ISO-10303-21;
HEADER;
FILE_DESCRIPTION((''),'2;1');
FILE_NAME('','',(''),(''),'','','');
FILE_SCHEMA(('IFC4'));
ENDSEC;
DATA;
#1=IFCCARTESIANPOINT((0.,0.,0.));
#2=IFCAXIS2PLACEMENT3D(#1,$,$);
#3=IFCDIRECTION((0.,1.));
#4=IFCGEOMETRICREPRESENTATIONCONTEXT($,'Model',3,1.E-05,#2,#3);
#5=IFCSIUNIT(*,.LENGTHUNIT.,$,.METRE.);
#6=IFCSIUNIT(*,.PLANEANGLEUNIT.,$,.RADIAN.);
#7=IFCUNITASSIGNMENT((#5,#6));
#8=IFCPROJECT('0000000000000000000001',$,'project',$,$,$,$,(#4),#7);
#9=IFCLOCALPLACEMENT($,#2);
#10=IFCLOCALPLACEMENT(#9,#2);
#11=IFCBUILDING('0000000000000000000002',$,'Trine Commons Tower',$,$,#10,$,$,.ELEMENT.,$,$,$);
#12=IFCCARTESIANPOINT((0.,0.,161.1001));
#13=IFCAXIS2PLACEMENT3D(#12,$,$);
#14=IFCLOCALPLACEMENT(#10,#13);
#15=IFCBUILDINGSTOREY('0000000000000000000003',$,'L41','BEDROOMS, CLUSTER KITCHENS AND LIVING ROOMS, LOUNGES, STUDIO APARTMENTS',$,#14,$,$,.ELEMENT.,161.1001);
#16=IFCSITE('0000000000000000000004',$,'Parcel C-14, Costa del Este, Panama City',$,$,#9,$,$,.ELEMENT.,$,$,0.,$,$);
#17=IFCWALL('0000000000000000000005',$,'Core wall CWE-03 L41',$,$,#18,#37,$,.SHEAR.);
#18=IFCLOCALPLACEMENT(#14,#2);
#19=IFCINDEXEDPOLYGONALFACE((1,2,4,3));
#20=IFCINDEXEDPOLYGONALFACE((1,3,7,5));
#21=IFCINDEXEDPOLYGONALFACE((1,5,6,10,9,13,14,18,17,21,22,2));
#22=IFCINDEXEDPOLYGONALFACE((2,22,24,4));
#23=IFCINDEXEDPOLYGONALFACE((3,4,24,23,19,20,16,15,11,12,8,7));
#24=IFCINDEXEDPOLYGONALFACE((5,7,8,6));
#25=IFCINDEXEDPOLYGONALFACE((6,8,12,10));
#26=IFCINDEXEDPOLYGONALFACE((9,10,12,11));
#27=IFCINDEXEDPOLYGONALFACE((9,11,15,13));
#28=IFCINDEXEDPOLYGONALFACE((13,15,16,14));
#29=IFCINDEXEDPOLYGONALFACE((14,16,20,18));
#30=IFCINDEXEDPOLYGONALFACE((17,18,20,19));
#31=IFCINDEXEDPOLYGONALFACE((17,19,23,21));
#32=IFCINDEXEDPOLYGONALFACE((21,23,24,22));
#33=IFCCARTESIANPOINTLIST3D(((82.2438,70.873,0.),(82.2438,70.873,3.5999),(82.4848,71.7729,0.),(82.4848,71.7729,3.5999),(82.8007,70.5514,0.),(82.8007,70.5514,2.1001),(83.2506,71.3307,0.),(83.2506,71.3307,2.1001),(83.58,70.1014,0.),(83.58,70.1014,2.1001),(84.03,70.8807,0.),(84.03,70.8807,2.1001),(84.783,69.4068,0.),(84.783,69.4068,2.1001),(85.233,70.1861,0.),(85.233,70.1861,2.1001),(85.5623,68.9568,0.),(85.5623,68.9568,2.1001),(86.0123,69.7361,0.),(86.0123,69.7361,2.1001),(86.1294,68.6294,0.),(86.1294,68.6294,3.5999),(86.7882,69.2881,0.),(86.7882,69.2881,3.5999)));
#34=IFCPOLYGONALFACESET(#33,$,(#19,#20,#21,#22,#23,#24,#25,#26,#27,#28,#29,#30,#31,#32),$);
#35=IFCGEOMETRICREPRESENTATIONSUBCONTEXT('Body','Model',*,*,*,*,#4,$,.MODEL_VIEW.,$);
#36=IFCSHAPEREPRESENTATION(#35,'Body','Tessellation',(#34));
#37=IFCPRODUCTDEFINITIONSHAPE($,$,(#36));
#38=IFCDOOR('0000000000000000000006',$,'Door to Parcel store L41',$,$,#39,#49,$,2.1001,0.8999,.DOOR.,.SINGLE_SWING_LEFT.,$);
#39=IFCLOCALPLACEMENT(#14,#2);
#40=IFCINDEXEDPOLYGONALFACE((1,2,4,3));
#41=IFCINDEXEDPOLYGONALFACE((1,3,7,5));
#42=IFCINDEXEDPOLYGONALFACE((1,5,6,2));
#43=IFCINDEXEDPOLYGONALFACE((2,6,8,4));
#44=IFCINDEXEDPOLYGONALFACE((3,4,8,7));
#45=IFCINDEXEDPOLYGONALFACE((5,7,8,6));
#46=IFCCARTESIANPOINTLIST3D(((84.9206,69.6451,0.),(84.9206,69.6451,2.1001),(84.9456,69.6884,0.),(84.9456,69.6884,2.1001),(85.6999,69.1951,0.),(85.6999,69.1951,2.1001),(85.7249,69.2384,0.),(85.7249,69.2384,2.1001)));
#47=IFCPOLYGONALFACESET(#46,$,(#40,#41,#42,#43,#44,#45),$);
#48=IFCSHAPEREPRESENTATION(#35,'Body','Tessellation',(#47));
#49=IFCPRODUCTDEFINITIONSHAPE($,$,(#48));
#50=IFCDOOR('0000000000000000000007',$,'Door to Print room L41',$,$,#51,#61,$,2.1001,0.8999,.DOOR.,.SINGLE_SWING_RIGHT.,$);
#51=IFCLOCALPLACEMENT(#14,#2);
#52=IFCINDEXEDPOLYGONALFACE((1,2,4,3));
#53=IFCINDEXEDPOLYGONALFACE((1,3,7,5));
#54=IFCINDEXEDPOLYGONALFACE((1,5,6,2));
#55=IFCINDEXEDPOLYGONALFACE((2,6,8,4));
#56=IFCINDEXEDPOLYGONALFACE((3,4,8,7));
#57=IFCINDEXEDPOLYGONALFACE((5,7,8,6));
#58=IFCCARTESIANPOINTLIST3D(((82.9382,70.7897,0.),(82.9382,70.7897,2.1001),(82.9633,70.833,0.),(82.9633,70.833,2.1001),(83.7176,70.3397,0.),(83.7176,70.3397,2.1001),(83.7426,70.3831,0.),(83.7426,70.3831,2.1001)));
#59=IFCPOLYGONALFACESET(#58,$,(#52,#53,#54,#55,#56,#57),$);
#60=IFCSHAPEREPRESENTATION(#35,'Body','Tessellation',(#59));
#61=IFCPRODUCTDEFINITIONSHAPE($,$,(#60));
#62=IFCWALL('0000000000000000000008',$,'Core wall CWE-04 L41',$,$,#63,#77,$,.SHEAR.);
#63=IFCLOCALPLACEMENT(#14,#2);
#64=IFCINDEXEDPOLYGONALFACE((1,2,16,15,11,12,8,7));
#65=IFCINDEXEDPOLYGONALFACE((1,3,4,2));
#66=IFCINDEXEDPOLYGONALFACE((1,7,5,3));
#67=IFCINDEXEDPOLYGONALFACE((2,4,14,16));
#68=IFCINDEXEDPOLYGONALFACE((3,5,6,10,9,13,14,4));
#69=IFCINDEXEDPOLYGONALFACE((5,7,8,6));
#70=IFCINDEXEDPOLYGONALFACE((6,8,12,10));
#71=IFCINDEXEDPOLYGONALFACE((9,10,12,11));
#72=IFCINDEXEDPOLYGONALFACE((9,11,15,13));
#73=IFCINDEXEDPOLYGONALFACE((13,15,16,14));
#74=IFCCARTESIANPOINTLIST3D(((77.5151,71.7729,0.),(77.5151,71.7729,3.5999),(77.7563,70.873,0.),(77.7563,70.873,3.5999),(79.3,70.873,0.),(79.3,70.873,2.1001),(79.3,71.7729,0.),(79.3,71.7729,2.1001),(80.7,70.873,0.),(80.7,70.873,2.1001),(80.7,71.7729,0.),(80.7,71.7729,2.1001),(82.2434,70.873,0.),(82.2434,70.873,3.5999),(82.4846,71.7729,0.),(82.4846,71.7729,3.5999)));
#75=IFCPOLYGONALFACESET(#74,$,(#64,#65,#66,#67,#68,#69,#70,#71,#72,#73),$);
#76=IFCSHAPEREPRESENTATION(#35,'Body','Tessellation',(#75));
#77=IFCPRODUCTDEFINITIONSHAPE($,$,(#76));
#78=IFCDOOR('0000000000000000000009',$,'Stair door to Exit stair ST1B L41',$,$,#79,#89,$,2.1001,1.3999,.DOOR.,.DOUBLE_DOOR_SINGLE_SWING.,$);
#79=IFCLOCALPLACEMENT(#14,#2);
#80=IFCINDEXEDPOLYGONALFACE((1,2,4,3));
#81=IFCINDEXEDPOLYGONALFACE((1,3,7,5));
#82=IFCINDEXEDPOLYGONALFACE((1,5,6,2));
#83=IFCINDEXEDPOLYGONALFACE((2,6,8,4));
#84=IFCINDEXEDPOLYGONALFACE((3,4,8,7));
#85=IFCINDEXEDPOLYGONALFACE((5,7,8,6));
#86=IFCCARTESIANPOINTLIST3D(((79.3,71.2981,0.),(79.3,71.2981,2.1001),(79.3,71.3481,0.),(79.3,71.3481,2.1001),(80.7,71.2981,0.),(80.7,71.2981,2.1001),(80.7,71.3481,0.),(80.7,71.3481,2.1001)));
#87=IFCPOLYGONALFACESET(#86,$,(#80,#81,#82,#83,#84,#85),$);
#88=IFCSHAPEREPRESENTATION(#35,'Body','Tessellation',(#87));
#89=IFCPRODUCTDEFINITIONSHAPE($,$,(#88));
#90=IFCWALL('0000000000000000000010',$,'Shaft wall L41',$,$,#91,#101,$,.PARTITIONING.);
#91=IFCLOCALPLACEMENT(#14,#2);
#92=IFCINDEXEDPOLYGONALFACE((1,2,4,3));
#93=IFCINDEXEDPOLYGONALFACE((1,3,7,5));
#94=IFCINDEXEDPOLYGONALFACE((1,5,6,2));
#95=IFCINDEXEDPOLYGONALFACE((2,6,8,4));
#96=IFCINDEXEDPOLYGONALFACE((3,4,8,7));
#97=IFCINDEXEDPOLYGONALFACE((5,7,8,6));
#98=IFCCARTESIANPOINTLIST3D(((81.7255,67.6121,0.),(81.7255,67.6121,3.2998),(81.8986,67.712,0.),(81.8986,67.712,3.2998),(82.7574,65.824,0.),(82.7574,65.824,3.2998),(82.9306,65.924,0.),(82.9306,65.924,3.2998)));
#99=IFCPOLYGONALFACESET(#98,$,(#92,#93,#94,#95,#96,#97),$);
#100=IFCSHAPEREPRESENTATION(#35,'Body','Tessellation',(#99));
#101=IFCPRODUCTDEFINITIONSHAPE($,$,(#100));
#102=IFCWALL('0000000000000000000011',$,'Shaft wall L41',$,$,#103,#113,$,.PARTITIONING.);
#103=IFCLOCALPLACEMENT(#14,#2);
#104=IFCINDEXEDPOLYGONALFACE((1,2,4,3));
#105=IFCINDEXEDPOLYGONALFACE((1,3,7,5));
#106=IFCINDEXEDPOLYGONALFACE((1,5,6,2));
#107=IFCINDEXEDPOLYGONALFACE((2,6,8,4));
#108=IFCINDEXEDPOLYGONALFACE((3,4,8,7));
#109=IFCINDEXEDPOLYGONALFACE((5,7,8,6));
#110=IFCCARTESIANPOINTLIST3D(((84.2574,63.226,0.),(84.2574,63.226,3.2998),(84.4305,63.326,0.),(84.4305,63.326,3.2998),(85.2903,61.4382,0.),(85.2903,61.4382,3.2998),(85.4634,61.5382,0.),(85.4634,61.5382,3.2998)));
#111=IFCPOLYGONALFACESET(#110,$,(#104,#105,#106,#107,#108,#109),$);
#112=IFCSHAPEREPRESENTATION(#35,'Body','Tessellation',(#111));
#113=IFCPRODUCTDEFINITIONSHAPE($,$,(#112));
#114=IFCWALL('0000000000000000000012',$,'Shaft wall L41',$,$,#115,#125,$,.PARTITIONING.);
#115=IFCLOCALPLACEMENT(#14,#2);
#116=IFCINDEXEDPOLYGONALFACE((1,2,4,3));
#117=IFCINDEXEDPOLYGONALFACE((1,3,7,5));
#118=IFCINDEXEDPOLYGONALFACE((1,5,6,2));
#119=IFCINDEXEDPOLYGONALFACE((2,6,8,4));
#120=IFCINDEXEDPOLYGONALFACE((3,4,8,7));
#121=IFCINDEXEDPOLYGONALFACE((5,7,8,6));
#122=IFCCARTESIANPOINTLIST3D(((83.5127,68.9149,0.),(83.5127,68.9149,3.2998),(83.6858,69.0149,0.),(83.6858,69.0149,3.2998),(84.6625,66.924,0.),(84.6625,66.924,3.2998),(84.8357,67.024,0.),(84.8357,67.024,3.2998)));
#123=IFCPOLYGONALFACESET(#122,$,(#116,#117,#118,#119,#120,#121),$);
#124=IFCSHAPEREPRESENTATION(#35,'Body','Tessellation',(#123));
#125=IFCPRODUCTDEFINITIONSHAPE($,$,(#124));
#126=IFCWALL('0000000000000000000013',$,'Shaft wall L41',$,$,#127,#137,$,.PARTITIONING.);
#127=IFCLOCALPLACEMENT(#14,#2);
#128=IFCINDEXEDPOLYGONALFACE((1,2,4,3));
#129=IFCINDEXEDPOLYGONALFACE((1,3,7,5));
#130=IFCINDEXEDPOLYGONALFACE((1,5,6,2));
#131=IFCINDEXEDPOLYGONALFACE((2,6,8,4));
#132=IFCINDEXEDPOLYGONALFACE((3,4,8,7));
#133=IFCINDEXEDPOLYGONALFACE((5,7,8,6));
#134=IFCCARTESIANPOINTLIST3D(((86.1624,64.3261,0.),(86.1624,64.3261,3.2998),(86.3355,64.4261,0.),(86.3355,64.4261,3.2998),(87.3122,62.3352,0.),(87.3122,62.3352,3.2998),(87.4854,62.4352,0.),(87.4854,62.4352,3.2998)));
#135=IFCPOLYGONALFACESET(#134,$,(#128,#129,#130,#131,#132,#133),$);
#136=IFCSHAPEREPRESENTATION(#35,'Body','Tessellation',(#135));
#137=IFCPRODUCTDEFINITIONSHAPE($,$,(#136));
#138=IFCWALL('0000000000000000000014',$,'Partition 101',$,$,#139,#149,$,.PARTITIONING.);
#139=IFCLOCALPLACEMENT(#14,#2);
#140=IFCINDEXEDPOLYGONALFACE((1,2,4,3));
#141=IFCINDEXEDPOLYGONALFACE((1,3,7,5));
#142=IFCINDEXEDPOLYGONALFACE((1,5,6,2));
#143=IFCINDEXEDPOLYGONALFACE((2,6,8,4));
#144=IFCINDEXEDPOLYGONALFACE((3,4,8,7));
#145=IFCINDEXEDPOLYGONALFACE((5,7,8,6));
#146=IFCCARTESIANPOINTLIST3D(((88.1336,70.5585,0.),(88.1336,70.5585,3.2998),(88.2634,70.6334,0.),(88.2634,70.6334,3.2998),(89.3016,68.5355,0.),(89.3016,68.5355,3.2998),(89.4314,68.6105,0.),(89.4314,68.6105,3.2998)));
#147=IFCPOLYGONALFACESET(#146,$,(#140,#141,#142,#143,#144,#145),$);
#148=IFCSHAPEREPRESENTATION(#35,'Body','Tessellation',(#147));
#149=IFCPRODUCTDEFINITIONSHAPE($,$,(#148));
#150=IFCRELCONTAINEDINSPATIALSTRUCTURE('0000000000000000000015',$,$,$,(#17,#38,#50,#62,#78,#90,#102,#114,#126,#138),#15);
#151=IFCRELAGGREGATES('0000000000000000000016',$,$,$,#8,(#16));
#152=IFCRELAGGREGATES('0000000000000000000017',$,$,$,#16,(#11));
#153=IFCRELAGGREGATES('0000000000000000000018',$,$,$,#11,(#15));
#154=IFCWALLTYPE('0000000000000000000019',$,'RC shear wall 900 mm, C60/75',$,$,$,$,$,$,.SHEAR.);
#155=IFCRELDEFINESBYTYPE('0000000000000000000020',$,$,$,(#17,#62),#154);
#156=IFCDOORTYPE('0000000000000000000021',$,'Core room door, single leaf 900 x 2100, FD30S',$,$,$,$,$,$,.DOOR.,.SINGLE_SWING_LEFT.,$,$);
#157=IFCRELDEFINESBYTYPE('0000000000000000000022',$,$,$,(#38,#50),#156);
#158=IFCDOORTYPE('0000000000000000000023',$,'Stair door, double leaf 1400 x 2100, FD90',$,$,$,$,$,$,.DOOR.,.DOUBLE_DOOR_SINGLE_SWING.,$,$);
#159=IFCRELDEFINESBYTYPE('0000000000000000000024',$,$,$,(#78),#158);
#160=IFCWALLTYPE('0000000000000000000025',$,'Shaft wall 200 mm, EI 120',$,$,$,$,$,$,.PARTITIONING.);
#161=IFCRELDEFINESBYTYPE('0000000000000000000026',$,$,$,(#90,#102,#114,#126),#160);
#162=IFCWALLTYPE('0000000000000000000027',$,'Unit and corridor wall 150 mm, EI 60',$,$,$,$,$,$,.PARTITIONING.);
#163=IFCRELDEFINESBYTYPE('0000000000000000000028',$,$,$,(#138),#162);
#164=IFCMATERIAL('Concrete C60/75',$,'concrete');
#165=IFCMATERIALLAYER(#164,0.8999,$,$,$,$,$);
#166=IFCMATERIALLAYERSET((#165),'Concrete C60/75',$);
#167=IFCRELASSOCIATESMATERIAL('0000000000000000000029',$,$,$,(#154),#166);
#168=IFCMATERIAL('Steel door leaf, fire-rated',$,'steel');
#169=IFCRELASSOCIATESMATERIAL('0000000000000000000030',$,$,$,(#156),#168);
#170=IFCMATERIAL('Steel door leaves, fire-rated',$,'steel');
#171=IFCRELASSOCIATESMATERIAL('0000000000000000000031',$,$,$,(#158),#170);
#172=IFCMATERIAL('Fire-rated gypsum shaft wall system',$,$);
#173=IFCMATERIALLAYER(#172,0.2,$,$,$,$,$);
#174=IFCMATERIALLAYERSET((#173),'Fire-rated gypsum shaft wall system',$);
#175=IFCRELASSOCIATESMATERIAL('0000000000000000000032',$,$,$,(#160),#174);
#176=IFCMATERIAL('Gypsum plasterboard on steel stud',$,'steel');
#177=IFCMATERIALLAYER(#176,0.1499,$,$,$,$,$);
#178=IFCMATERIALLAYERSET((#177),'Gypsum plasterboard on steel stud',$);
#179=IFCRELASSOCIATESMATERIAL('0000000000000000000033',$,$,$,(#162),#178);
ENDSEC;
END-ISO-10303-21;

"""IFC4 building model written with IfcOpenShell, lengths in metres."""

from ifc_helpers import new_model, si_unit, direction, frame, frame_2d, origin, place, context, subcontext, project, spatial, polyline, rectangle, outline, extrude, material, layer, layer_set, type_object, element, fill, save


model = new_model("IFC4")

# Units and contexts
model_context = context("Model", 3, precision=1e-05, world=origin(), true_north=direction((0.0, 1.0)))
body_context = subcontext(model_context, "Body", "Model", "MODEL_VIEW")
ifc_project = project(units=[si_unit("LENGTHUNIT", "METRE"), si_unit("PLANEANGLEUNIT", "RADIAN")], contexts=[model_context])

# Site, building, storey
site_placement = place(None, origin())
site = spatial("IfcSite", under=ifc_project, at=site_placement, Name="Parcel C-14, Costa del Este, Panama City", CompositionType="ELEMENT", RefElevation=0.0)
building_placement = place(site_placement, origin())
building = spatial("IfcBuilding", under=site, at=building_placement, Name="Trine Commons Tower", CompositionType="ELEMENT")
storey_placement = place(building_placement, frame((0.0, 0.0, 161.1001)))
storey = spatial("IfcBuildingStorey", under=building, at=storey_placement, Name="L41", Description="BEDROOMS, CLUSTER KITCHENS AND LIVING ROOMS, LOUNGES, STUDIO APARTMENTS", CompositionType="ELEMENT", Elevation=161.1001)

# Shared definitions
ifc_material_1 = material(Name="Fire-rated gypsum shaft wall system")
ifc_material_2 = material(Name="Steel door leaf, fire-rated", Category="steel")
ifc_material_3 = material(Name="Concrete C60/75", Category="concrete")

# Wall, openings, doors
ifc_layer_1 = layer(ifc_material_3, 0.8999)
ifc_layer_set_1 = layer_set([ifc_layer_1], Name="Concrete C60/75")
wall_type_1 = type_object("IfcWallType", Name="RC shear wall 900 mm, C60/75", PredefinedType="SHEAR", material=ifc_layer_set_1)
wall_1_placement = place(storey_placement, frame((86.5632, 68.8984, 0.0), z_axis=(0.0, 0.0, 1.0), x_axis=(-0.866003, 0.500039, 0.0)))
wall_1 = element("IfcWall", 1, at=wall_1_placement, inside=storey, type_object=wall_type_1, Name="Core wall CWE-03 L41", PredefinedType="SHEAR", context=body_context, shape_type="SweptSolid", body=[
    extrude(outline(polyline([(0.0, -0.45), (4.9692, -0.45), (4.728, 0.45), (0.2412, 0.45), (0.0, -0.45)])), origin(), (0.0, 0.0, 1.0), 3.5999),
])
opening_1_placement = place(wall_1_placement, frame((0.896, 0.0, 0.0)))
opening_1 = element("IfcOpeningElement", 2, at=opening_1_placement, cuts=wall_1, PredefinedType="OPENING", context=body_context, shape_type="SweptSolid", body=[
    extrude(rectangle(XDim=0.8999, YDim=2.1001, at=frame_2d((0.45, 1.05))), frame((0.0, 0.46, 0.0), z_axis=(0.0, -1.0, 0.0), x_axis=(1.0, 0.0, 0.0)), (0.0, 0.0, 1.0), 0.9199),
])
opening_2_placement = place(wall_1_placement, frame((3.1851, 0.0, 0.0)))
opening_2 = element("IfcOpeningElement", 3, at=opening_2_placement, cuts=wall_1, PredefinedType="OPENING", context=body_context, shape_type="SweptSolid", body=[
    extrude(rectangle(XDim=0.8999, YDim=2.1001, at=frame_2d((0.45, 1.05))), frame((0.0, 0.46, 0.0), z_axis=(0.0, -1.0, 0.0), x_axis=(1.0, 0.0, 0.0)), (0.0, 0.0, 1.0), 0.9199),
])
door_type_1 = type_object("IfcDoorType", Name="Core room door, single leaf 900 x 2100, FD30S", OperationType="SINGLE_SWING_LEFT", PredefinedType="DOOR", material=ifc_material_2)
door_1_placement = place(opening_1_placement, origin())
door_1 = element("IfcDoor", 4, at=door_1_placement, inside=storey, type_object=door_type_1, Name="Door to Parcel store L41", OperationType="SINGLE_SWING_LEFT", OverallHeight=2.1001, OverallWidth=0.8999, PredefinedType="DOOR", context=body_context, shape_type="SweptSolid", body=[
    extrude(rectangle(XDim=0.8999, YDim=2.1001, at=frame_2d((0.45, 1.05))), frame((0.0, 0.1748, 0.0), z_axis=(0.0, -1.0, 0.0), x_axis=(1.0, 0.0, 0.0)), (0.0, 0.0, 1.0), 0.05),
])
fill(opening_1, door_1)
door_2_placement = place(opening_2_placement, origin())
door_2 = element("IfcDoor", 5, at=door_2_placement, inside=storey, type_object=door_type_1, Name="Door to Print room L41", OperationType="SINGLE_SWING_RIGHT", OverallHeight=2.1001, OverallWidth=0.8999, PredefinedType="DOOR", context=body_context, shape_type="SweptSolid", body=[
    extrude(rectangle(XDim=0.8999, YDim=2.1001, at=frame_2d((0.45, 1.05))), frame((0.0, 0.1748, 0.0), z_axis=(0.0, -1.0, 0.0), x_axis=(1.0, 0.0, 0.0)), (0.0, 0.0, 1.0), 0.05),
])
fill(opening_2, door_2)

# Wall, opening, door
wall_2_placement = place(storey_placement, frame((82.4846, 71.323, 0.0), z_axis=(0.0, 0.0, 1.0), x_axis=(-1.0, 0.0, 0.0)))
wall_2 = element("IfcWall", 6, at=wall_2_placement, inside=storey, type_object=wall_type_1, Name="Core wall CWE-04 L41", PredefinedType="SHEAR", context=body_context, shape_type="SweptSolid", body=[
    extrude(outline(polyline([(0.0, -0.45), (4.9695, -0.45), (4.7283, 0.45), (0.2412, 0.45), (0.0, -0.45)])), origin(), (0.0, 0.0, 1.0), 3.5999),
])
opening_3_placement = place(wall_2_placement, frame((1.7847, 0.0, 0.0)))
opening_3 = element("IfcOpeningElement", 7, at=opening_3_placement, cuts=wall_2, PredefinedType="OPENING", context=body_context, shape_type="SweptSolid", body=[
    extrude(rectangle(XDim=1.3999, YDim=2.1001, at=frame_2d((0.7, 1.05))), frame((0.0, 0.46, 0.0), z_axis=(0.0, -1.0, 0.0), x_axis=(1.0, 0.0, 0.0)), (0.0, 0.0, 1.0), 0.9199),
])
ifc_material_4 = material(Name="Steel door leaves, fire-rated", Category="steel")
door_type_2 = type_object("IfcDoorType", Name="Stair door, double leaf 1400 x 2100, FD90", OperationType="DOUBLE_DOOR_SINGLE_SWING", PredefinedType="DOOR", material=ifc_material_4)
door_3_placement = place(opening_3_placement, origin())
door_3 = element("IfcDoor", 8, at=door_3_placement, inside=storey, type_object=door_type_2, Name="Stair door to Exit stair ST1B L41", OperationType="DOUBLE_DOOR_SINGLE_SWING", OverallHeight=2.1001, OverallWidth=1.3999, PredefinedType="DOOR", context=body_context, shape_type="SweptSolid", body=[
    extrude(rectangle(XDim=1.3999, YDim=2.1001, at=frame_2d((0.7, 1.05))), frame((0.0, 0.0249, 0.0), z_axis=(0.0, -1.0, 0.0), x_axis=(1.0, 0.0, 0.0)), (0.0, 0.0, 1.0), 0.05),
])
fill(opening_3, door_3)

# Walls
ifc_layer_2 = layer(ifc_material_1, 0.2)
ifc_layer_set_2 = layer_set([ifc_layer_2], Name="Fire-rated gypsum shaft wall system")
wall_type_2 = type_object("IfcWallType", Name="Shaft wall 200 mm, EI 120", PredefinedType="PARTITIONING", material=ifc_layer_set_2)
wall_3_placement = place(storey_placement, frame((82.844, 65.874, 0.0), z_axis=(0.0, 0.0, 1.0), x_axis=(-0.499866, 0.866103, 0.0)))
element("IfcWall", 9, at=wall_3_placement, inside=storey, type_object=wall_type_2, Name="Shaft wall L41", PredefinedType="PARTITIONING", context=body_context, shape_type="SweptSolid", body=[
    extrude(rectangle(XDim=2.0645, YDim=0.2, at=frame_2d((1.0322, 0.0))), origin(), (0.0, 0.0, 1.0), 3.2998),
])
wall_4_placement = place(storey_placement, frame((84.344, 63.2759, 0.0), z_axis=(0.0, 0.0, 1.0), x_axis=(0.500272, -0.865868, 0.0)))
element("IfcWall", 10, at=wall_4_placement, inside=storey, type_object=wall_type_2, Name="Shaft wall L41", PredefinedType="PARTITIONING", context=body_context, shape_type="SweptSolid", body=[
    extrude(rectangle(XDim=2.0647, YDim=0.2, at=frame_2d((1.0322, 0.0))), origin(), (0.0, 0.0, 1.0), 3.2998),
])
for number, where, z_axis, x_axis, name in (
    (11, (84.749, 66.9741, 0.0), (0.0, 0.0, 1.0), (-0.500136, 0.865947, 0.0), "Shaft wall L41"),
    (12, (86.249, 64.376, 0.0), (0.0, 0.0, 1.0), (0.500136, -0.865947, 0.0), "Shaft wall L41"),
):
    element("IfcWall", number, at=place(storey_placement, frame(where, z_axis=z_axis, x_axis=x_axis)), inside=storey, type_object=wall_type_2, Name=name, PredefinedType="PARTITIONING", context=body_context, shape_type="SweptSolid", body=[
        extrude(rectangle(XDim=2.2991, YDim=0.2, at=frame_2d((1.1494, 0.0))), origin(), (0.0, 0.0, 1.0), 3.2998),
    ])
ifc_material_5 = material(Name="Gypsum plasterboard on steel stud", Category="steel")
ifc_layer_3 = layer(ifc_material_5, 0.1499)
ifc_layer_set_3 = layer_set([ifc_layer_3], Name="Gypsum plasterboard on steel stud")
wall_type_3 = type_object("IfcWallType", Name="Unit and corridor wall 150 mm, EI 60", PredefinedType="PARTITIONING", material=ifc_layer_set_3)
wall_5_placement = place(storey_placement, frame((88.1985, 70.5959, 0.0), z_axis=(0.0, 0.0, 1.0), x_axis=(0.500006, -0.866022, 0.0)))
element("IfcWall", 13, at=wall_5_placement, inside=storey, type_object=wall_type_3, Name="Partition 101", PredefinedType="PARTITIONING", context=body_context, shape_type="SweptSolid", body=[
    extrude(rectangle(XDim=2.3359, YDim=0.1499, at=frame_2d((1.168, 0.0))), origin(), (0.0, 0.0, 1.0), 3.2998),
])

save(model, "model.ifc")
